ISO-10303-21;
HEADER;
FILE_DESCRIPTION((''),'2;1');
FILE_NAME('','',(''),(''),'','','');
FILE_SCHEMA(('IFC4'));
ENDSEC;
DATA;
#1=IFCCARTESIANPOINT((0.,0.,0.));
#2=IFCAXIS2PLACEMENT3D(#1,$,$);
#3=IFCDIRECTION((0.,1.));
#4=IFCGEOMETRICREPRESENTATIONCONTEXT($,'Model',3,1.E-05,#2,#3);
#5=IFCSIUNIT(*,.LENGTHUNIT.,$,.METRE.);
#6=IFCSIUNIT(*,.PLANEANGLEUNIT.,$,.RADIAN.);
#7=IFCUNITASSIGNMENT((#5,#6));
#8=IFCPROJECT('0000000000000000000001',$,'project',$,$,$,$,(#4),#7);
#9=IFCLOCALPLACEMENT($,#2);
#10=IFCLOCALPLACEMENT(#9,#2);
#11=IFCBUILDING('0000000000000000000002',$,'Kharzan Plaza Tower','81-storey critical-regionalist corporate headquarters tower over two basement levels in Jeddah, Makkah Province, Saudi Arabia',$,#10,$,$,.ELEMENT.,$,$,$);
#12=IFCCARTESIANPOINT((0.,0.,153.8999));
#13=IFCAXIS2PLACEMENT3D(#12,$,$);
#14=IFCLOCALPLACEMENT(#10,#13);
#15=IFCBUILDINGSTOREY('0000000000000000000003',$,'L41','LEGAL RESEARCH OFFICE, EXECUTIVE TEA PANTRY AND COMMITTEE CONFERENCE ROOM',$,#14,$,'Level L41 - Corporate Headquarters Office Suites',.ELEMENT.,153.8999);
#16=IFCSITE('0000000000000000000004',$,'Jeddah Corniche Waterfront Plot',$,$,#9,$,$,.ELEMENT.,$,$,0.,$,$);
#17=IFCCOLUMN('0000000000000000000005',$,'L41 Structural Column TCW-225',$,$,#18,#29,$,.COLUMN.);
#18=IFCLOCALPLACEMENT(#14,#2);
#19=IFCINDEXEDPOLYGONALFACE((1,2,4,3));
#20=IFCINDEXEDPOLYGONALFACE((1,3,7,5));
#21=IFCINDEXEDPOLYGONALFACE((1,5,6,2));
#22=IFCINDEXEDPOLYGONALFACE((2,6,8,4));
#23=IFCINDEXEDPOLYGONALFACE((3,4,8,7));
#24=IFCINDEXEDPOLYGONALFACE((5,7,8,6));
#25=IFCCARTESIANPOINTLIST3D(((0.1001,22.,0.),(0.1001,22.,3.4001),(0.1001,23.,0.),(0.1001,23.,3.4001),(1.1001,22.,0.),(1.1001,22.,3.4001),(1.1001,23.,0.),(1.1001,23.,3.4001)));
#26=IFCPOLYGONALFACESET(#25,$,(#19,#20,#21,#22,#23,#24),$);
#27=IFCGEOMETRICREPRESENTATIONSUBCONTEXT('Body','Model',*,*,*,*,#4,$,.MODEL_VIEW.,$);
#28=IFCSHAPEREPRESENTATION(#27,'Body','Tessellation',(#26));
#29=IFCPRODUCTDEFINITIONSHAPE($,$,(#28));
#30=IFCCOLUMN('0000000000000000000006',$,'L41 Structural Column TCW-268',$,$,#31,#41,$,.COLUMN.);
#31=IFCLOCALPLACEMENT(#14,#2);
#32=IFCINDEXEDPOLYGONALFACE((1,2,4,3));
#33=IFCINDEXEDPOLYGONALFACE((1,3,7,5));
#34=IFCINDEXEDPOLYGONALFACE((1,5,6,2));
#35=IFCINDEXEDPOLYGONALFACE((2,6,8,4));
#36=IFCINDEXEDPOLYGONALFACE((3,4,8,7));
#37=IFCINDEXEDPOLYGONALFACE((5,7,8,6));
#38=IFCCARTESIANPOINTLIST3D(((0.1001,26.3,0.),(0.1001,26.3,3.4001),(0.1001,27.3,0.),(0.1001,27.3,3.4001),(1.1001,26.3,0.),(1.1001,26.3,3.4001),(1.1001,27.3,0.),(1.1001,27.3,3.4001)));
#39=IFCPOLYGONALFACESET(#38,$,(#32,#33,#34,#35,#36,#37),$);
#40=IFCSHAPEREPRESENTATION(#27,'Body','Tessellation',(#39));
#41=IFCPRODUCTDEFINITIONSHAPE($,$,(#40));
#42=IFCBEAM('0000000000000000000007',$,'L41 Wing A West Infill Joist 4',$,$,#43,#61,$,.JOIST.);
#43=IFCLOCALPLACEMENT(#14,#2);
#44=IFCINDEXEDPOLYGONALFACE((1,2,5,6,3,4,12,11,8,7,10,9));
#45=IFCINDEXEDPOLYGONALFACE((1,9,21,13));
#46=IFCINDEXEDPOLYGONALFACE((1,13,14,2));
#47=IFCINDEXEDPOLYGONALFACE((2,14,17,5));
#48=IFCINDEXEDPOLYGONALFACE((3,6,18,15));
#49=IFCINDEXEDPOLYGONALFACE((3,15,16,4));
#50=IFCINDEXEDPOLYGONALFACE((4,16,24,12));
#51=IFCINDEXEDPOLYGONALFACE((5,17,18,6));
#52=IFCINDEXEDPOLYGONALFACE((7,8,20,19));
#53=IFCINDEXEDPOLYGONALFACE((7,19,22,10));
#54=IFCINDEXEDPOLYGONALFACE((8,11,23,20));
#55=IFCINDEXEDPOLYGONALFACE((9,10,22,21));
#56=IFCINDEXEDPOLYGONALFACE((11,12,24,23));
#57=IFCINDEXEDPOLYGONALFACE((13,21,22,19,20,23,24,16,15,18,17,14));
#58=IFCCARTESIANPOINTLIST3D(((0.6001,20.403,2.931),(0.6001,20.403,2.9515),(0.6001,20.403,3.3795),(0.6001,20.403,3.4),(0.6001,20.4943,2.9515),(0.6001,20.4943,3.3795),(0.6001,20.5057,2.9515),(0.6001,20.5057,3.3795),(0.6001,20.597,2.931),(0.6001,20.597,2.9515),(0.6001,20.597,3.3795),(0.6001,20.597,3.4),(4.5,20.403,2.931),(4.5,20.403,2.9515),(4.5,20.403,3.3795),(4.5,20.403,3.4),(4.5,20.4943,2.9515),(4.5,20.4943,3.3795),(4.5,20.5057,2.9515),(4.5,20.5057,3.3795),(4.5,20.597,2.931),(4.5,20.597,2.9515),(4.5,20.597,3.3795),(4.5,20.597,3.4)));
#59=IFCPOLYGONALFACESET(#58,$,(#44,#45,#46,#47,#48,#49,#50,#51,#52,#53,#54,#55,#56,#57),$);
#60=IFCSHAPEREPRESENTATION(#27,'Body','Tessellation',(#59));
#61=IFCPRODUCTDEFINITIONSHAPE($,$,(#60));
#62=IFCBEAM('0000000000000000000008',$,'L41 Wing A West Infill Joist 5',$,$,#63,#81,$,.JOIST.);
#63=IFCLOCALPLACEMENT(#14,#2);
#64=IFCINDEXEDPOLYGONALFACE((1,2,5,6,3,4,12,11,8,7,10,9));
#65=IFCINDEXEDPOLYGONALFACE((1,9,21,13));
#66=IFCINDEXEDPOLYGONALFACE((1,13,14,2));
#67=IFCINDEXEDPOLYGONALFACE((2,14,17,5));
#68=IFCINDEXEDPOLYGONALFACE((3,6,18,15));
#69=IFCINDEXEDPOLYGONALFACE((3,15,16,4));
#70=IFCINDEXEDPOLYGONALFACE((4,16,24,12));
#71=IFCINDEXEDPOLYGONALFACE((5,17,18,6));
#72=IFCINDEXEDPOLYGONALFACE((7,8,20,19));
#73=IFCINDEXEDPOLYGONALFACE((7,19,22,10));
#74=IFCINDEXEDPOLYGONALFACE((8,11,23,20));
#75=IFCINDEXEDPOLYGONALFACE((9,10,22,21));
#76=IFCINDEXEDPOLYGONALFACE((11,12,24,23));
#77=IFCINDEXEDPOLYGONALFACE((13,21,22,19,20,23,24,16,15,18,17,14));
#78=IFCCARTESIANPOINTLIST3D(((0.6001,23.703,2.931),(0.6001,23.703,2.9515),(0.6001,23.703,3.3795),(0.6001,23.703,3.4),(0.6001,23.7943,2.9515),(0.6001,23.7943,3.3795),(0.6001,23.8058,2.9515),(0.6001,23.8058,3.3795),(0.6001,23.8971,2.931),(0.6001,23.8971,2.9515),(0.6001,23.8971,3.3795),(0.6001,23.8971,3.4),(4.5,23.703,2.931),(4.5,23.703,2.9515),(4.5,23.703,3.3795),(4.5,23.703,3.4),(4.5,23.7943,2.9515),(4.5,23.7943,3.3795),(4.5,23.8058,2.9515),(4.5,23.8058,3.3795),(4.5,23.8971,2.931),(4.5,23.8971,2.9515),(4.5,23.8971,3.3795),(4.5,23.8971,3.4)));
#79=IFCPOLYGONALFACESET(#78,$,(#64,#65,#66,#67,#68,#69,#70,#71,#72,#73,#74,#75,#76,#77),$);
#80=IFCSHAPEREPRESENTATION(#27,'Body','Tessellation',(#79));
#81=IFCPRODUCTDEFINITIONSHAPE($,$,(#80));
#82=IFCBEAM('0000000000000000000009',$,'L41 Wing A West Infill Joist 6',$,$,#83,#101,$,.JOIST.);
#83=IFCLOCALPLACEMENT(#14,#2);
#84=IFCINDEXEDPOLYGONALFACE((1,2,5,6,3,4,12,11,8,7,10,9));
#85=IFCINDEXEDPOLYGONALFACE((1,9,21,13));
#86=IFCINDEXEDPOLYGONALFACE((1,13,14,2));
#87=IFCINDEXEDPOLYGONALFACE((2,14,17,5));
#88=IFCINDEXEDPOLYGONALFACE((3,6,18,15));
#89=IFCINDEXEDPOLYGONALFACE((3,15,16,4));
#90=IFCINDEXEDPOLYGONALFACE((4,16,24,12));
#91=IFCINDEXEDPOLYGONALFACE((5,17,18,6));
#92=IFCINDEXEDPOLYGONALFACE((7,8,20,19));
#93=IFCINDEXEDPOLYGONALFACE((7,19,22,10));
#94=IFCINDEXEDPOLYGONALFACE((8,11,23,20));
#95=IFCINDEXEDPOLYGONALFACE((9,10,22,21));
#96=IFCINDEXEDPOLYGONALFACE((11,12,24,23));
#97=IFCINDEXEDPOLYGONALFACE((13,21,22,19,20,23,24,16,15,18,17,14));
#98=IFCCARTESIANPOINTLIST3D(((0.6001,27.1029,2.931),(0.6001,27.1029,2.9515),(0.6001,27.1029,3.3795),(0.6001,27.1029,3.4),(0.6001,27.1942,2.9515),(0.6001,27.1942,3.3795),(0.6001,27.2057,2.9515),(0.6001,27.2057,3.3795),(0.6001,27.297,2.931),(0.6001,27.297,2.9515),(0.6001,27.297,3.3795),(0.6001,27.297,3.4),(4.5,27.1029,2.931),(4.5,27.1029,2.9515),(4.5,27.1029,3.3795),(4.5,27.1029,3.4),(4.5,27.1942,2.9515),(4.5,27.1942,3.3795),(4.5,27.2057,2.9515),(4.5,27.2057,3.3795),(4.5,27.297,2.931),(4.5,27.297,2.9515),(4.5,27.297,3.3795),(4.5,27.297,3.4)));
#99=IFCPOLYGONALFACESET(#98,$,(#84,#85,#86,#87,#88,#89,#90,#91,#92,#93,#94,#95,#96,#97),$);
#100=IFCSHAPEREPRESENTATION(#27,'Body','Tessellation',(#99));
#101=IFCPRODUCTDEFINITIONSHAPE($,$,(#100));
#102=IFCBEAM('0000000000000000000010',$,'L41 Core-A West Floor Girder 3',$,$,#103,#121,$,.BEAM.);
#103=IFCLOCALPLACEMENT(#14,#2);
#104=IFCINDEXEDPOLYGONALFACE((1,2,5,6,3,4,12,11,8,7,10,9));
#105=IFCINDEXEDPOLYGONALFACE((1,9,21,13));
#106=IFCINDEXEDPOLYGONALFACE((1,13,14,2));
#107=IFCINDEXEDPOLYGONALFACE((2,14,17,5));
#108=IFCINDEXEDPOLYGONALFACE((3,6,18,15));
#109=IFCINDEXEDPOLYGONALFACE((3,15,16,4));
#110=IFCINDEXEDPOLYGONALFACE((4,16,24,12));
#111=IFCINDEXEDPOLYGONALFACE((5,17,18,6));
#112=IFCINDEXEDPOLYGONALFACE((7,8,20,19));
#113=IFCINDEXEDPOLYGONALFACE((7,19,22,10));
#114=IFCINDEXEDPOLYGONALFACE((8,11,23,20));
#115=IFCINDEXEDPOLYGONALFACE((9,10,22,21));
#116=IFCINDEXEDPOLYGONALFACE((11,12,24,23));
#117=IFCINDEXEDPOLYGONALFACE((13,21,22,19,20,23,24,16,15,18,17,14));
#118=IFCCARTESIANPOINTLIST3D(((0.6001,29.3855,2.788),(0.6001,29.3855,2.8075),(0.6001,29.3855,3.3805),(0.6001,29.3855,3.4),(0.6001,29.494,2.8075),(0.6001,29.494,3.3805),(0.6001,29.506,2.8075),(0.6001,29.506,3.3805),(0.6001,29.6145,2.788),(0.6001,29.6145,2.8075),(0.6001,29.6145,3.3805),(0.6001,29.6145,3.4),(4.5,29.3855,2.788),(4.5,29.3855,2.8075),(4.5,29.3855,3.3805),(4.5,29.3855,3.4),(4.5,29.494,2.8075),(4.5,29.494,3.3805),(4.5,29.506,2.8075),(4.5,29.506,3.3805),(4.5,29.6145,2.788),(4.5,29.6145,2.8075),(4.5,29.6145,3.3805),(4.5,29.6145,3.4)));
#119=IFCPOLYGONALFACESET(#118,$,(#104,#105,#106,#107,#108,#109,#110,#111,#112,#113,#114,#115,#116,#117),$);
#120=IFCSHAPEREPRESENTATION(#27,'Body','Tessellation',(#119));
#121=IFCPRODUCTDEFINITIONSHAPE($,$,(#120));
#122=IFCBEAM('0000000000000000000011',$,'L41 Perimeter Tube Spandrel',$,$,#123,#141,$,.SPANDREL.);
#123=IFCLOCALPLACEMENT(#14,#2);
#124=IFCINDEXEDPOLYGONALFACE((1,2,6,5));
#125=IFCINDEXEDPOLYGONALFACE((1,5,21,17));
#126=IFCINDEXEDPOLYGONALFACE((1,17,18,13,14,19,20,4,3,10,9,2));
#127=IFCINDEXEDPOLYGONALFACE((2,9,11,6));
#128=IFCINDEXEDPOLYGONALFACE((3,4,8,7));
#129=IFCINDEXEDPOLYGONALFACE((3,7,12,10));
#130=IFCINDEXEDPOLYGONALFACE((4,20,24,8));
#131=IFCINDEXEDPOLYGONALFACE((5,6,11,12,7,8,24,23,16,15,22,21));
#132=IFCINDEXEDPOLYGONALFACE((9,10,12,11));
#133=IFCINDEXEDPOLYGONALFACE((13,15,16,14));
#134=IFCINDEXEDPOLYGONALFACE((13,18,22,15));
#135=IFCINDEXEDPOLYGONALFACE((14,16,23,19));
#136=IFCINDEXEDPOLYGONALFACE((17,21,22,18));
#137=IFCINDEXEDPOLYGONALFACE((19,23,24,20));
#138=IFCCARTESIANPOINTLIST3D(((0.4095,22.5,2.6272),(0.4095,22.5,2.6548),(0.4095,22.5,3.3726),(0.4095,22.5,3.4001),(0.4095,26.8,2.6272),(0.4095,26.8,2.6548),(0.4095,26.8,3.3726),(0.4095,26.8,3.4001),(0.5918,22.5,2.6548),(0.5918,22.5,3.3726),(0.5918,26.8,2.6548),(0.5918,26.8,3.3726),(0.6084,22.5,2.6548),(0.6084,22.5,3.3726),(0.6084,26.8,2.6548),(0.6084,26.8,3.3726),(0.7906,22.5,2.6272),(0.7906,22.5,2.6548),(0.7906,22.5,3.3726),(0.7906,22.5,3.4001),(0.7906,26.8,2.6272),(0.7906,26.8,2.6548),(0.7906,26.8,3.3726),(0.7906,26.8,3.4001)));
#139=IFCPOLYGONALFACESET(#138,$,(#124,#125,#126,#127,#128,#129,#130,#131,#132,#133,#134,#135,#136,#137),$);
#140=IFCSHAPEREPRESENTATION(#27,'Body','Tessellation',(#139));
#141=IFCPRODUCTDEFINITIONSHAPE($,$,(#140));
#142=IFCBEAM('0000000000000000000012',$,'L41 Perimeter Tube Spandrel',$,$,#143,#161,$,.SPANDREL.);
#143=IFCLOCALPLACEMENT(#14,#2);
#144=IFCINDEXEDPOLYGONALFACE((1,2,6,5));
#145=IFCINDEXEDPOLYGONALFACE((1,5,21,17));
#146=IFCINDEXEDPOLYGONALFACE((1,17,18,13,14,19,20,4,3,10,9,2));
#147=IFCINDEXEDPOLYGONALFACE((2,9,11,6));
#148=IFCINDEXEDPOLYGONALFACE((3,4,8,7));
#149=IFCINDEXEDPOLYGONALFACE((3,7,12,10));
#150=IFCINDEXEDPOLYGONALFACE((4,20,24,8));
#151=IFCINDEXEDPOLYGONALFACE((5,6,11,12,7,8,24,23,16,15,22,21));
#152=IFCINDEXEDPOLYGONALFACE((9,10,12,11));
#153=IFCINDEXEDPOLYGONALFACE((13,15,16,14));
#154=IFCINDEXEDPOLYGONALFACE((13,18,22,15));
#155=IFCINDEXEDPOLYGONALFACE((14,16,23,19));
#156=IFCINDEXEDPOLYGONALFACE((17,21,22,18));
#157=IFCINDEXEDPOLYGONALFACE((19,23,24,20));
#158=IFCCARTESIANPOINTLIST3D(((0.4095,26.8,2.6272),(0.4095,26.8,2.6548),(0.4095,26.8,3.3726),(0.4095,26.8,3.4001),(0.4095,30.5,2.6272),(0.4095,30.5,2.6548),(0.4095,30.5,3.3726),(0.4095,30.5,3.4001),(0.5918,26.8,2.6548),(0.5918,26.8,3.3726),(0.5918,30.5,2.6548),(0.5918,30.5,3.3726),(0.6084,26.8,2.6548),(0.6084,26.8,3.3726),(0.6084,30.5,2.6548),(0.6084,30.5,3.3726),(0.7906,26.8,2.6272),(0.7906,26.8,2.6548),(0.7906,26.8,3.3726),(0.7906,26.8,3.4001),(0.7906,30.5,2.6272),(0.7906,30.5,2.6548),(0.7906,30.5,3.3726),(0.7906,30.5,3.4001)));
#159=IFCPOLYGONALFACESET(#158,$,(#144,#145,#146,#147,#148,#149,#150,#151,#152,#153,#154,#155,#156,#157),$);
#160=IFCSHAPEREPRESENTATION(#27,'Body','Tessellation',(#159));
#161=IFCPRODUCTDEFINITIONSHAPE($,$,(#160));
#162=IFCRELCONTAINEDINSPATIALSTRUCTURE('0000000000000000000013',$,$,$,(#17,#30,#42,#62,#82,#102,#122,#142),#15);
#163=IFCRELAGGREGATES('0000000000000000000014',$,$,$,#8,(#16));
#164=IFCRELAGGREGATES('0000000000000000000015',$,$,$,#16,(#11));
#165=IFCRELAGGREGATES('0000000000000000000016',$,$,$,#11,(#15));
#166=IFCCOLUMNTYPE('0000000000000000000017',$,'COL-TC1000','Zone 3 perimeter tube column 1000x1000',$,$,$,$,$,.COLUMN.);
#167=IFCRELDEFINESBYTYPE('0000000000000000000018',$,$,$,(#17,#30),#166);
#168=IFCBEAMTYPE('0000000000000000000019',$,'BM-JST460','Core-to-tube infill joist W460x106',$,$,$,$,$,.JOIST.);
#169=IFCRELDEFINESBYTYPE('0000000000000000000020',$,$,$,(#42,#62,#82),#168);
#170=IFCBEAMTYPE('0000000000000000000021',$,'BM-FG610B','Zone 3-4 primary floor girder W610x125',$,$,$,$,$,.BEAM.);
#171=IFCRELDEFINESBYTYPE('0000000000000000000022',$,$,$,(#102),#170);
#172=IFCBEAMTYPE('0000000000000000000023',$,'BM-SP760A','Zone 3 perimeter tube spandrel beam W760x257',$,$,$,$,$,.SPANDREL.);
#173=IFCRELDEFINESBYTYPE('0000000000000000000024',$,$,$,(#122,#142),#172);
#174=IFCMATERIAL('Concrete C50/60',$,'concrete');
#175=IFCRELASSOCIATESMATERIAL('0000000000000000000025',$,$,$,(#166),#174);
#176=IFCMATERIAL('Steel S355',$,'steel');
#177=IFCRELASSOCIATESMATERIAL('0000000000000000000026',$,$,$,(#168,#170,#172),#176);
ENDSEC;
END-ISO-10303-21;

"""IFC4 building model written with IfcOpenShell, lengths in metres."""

from ifc_helpers import new_model, si_unit, direction, frame, origin, origin_2d, place, context, subcontext, project, spatial, rectangle, i_section, extrude, source, transform, mapped, material, material_profile, profile_set, type_object, element, save


model = new_model("IFC4")

# Units and contexts
model_context = context("Model", 3, precision=1e-05, world=origin(), true_north=direction((0.0, 1.0)))
body_context = subcontext(model_context, "Body", "Model", "MODEL_VIEW")
ifc_project = project(units=[si_unit("LENGTHUNIT", "METRE"), si_unit("PLANEANGLEUNIT", "RADIAN")], contexts=[model_context])

# Site, building, storey
site_placement = place(None, origin())
site = spatial("IfcSite", under=ifc_project, at=site_placement, Name="Jeddah Corniche Waterfront Plot", CompositionType="ELEMENT", RefElevation=0.0)
building_placement = place(site_placement, origin())
building = spatial("IfcBuilding", under=site, at=building_placement, Name="Kharzan Plaza Tower", Description="81-storey critical-regionalist corporate headquarters tower over two basement levels in Jeddah, Makkah Province, Saudi Arabia", CompositionType="ELEMENT")
storey_placement = place(building_placement, frame((0.0, 0.0, 153.8999)))
storey = spatial("IfcBuildingStorey", under=building, at=storey_placement, Name="L41", Description="LEGAL RESEARCH OFFICE, EXECUTIVE TEA PANTRY AND COMMITTEE CONFERENCE ROOM", LongName="Level L41 - Corporate Headquarters Office Suites", CompositionType="ELEMENT", Elevation=153.8999)

# Columns
ifc_material_1 = material(Name="Concrete C50/60", Category="concrete")
ifc_material_profile_1 = material_profile(ifc_material_1, rectangle(XDim=1.0, YDim=1.0, at=origin_2d()), Name="RC-TC1000x1000")
ifc_profile_set_1 = profile_set([ifc_material_profile_1], Name="Concrete C50/60")
column_type = type_object("IfcColumnType", Name="COL-TC1000", Description="Zone 3 perimeter tube column 1000x1000", PredefinedType="COLUMN", material=ifc_profile_set_1)
shared_shape_1 = source(origin(), body_context, "Body", "SweptSolid", [
    extrude(rectangle(XDim=1.0, YDim=1.0, at=origin_2d()), origin(), (0.0, 0.0, 1.0), 3.4001),
])
for number, where, z_axis, x_axis, name in (
    (1, (0.6001, 22.5, 0.0), (0.0, 0.0, 1.0), (1.0, 0.0, 0.0), "L41 Structural Column TCW-225"),
    (2, (0.6001, 26.8, 0.0), (0.0, 0.0, 1.0), (1.0, 0.0, 0.0), "L41 Structural Column TCW-268"),
):
    element("IfcColumn", number, at=place(storey_placement, frame(where, z_axis=z_axis, x_axis=x_axis)), inside=storey, type_object=column_type, Name=name, PredefinedType="COLUMN", context=body_context, shape_type="MappedRepresentation", body=[
        mapped(shared_shape_1, transform((0.0, 0.0, 0.0), x_axis=(1.0, 0.0, 0.0), y_axis=(0.0, 1.0, 0.0), z_axis=(0.0, 0.0, 1.0))),
    ])

# Beams
ifc_material_2 = material(Name="Steel S355", Category="steel")
ifc_material_profile_2 = material_profile(ifc_material_2, i_section(OverallWidth=0.1941, OverallDepth=0.469, WebThickness=0.0115, FlangeThickness=0.0205, at=origin_2d()), Name="W460x106")
ifc_profile_set_2 = profile_set([ifc_material_profile_2], Name="Steel S355")
beam_type_1 = type_object("IfcBeamType", Name="BM-JST460", Description="Core-to-tube infill joist W460x106", PredefinedType="JOIST", material=ifc_profile_set_2)
shared_shape_2 = source(origin(), body_context, "Body", "SweptSolid", [
    extrude(i_section(OverallWidth=0.1941, OverallDepth=0.469, WebThickness=0.0115, FlangeThickness=0.0205, at=origin_2d()), origin(), (0.0, 0.0, 1.0), 3.8999),
])
for number, where, z_axis, x_axis, name in (
    (3, (0.6001, 20.5, 3.1655), (1.0, 0.0, 0.0), (0.0, 1.0, 0.0), "L41 Wing A West Infill Joist 4"),
    (4, (0.6001, 23.8, 3.1655), (1.0, 0.0, 0.0), (0.0, 1.0, 0.0), "L41 Wing A West Infill Joist 5"),
    (5, (0.6001, 27.2, 3.1655), (1.0, 0.0, 0.0), (0.0, 1.0, 0.0), "L41 Wing A West Infill Joist 6"),
):
    element("IfcBeam", number, at=place(storey_placement, frame(where, z_axis=z_axis, x_axis=x_axis)), inside=storey, type_object=beam_type_1, Name=name, PredefinedType="JOIST", context=body_context, shape_type="MappedRepresentation", body=[
        mapped(shared_shape_2, transform((0.0, 0.0, 0.0), x_axis=(1.0, 0.0, 0.0), y_axis=(0.0, 1.0, 0.0), z_axis=(0.0, 0.0, 1.0))),
    ])
ifc_material_profile_3 = material_profile(ifc_material_2, i_section(OverallWidth=0.229, OverallDepth=0.6121, WebThickness=0.012, FlangeThickness=0.0195, at=origin_2d()), Name="W610x125")
ifc_profile_set_3 = profile_set([ifc_material_profile_3], Name="Steel S355")
beam_type_2 = type_object("IfcBeamType", Name="BM-FG610B", Description="Zone 3-4 primary floor girder W610x125", PredefinedType="BEAM", material=ifc_profile_set_3)
shared_shape_3 = source(origin(), body_context, "Body", "SweptSolid", [
    extrude(i_section(OverallWidth=0.229, OverallDepth=0.6121, WebThickness=0.012, FlangeThickness=0.0195, at=origin_2d()), origin(), (0.0, 0.0, 1.0), 3.8999),
])
beam_1_placement = place(storey_placement, frame((0.6001, 29.5, 3.094), z_axis=(1.0, 0.0, 0.0), x_axis=(0.0, 1.0, 0.0)))
element("IfcBeam", 6, at=beam_1_placement, inside=storey, type_object=beam_type_2, Name="L41 Core-A West Floor Girder 3", PredefinedType="BEAM", context=body_context, shape_type="MappedRepresentation", body=[
    mapped(shared_shape_3, transform((0.0, 0.0, 0.0), x_axis=(1.0, 0.0, 0.0), y_axis=(0.0, 1.0, 0.0), z_axis=(0.0, 0.0, 1.0))),
])
ifc_material_profile_4 = material_profile(ifc_material_2, i_section(OverallWidth=0.3811, OverallDepth=0.7729, WebThickness=0.0166, FlangeThickness=0.0276, at=origin_2d()), Name="W760x257")
ifc_profile_set_4 = profile_set([ifc_material_profile_4], Name="Steel S355")
beam_type_3 = type_object("IfcBeamType", Name="BM-SP760A", Description="Zone 3 perimeter tube spandrel beam W760x257", PredefinedType="SPANDREL", material=ifc_profile_set_4)
shared_shape_4 = source(origin(), body_context, "Body", "SweptSolid", [
    extrude(i_section(OverallWidth=0.3811, OverallDepth=0.7729, WebThickness=0.0166, FlangeThickness=0.0276, at=origin_2d()), origin(), (0.0, 0.0, 1.0), 4.3),
])
beam_2_placement = place(storey_placement, frame((0.6001, 22.5, 3.0137), z_axis=(0.0, 1.0, 0.0), x_axis=(-1.0, 0.0, 0.0)))
element("IfcBeam", 7, at=beam_2_placement, inside=storey, type_object=beam_type_3, Name="L41 Perimeter Tube Spandrel", PredefinedType="SPANDREL", context=body_context, shape_type="MappedRepresentation", body=[
    mapped(shared_shape_4, transform((0.0, 0.0, 0.0), x_axis=(1.0, 0.0, 0.0), y_axis=(0.0, 1.0, 0.0), z_axis=(0.0, 0.0, 1.0))),
])
shared_shape_5 = source(origin(), body_context, "Body", "SweptSolid", [
    extrude(i_section(OverallWidth=0.3811, OverallDepth=0.7729, WebThickness=0.0166, FlangeThickness=0.0276, at=origin_2d()), origin(), (0.0, 0.0, 1.0), 3.7),
])
beam_3_placement = place(storey_placement, frame((0.6001, 26.8, 3.0137), z_axis=(0.0, 1.0, 0.0), x_axis=(-1.0, 0.0, 0.0)))
element("IfcBeam", 8, at=beam_3_placement, inside=storey, type_object=beam_type_3, Name="L41 Perimeter Tube Spandrel", PredefinedType="SPANDREL", context=body_context, shape_type="MappedRepresentation", body=[
    mapped(shared_shape_5, transform((0.0, 0.0, 0.0), x_axis=(1.0, 0.0, 0.0), y_axis=(0.0, 1.0, 0.0), z_axis=(0.0, 0.0, 1.0))),
])

save(model, "model.ifc")
